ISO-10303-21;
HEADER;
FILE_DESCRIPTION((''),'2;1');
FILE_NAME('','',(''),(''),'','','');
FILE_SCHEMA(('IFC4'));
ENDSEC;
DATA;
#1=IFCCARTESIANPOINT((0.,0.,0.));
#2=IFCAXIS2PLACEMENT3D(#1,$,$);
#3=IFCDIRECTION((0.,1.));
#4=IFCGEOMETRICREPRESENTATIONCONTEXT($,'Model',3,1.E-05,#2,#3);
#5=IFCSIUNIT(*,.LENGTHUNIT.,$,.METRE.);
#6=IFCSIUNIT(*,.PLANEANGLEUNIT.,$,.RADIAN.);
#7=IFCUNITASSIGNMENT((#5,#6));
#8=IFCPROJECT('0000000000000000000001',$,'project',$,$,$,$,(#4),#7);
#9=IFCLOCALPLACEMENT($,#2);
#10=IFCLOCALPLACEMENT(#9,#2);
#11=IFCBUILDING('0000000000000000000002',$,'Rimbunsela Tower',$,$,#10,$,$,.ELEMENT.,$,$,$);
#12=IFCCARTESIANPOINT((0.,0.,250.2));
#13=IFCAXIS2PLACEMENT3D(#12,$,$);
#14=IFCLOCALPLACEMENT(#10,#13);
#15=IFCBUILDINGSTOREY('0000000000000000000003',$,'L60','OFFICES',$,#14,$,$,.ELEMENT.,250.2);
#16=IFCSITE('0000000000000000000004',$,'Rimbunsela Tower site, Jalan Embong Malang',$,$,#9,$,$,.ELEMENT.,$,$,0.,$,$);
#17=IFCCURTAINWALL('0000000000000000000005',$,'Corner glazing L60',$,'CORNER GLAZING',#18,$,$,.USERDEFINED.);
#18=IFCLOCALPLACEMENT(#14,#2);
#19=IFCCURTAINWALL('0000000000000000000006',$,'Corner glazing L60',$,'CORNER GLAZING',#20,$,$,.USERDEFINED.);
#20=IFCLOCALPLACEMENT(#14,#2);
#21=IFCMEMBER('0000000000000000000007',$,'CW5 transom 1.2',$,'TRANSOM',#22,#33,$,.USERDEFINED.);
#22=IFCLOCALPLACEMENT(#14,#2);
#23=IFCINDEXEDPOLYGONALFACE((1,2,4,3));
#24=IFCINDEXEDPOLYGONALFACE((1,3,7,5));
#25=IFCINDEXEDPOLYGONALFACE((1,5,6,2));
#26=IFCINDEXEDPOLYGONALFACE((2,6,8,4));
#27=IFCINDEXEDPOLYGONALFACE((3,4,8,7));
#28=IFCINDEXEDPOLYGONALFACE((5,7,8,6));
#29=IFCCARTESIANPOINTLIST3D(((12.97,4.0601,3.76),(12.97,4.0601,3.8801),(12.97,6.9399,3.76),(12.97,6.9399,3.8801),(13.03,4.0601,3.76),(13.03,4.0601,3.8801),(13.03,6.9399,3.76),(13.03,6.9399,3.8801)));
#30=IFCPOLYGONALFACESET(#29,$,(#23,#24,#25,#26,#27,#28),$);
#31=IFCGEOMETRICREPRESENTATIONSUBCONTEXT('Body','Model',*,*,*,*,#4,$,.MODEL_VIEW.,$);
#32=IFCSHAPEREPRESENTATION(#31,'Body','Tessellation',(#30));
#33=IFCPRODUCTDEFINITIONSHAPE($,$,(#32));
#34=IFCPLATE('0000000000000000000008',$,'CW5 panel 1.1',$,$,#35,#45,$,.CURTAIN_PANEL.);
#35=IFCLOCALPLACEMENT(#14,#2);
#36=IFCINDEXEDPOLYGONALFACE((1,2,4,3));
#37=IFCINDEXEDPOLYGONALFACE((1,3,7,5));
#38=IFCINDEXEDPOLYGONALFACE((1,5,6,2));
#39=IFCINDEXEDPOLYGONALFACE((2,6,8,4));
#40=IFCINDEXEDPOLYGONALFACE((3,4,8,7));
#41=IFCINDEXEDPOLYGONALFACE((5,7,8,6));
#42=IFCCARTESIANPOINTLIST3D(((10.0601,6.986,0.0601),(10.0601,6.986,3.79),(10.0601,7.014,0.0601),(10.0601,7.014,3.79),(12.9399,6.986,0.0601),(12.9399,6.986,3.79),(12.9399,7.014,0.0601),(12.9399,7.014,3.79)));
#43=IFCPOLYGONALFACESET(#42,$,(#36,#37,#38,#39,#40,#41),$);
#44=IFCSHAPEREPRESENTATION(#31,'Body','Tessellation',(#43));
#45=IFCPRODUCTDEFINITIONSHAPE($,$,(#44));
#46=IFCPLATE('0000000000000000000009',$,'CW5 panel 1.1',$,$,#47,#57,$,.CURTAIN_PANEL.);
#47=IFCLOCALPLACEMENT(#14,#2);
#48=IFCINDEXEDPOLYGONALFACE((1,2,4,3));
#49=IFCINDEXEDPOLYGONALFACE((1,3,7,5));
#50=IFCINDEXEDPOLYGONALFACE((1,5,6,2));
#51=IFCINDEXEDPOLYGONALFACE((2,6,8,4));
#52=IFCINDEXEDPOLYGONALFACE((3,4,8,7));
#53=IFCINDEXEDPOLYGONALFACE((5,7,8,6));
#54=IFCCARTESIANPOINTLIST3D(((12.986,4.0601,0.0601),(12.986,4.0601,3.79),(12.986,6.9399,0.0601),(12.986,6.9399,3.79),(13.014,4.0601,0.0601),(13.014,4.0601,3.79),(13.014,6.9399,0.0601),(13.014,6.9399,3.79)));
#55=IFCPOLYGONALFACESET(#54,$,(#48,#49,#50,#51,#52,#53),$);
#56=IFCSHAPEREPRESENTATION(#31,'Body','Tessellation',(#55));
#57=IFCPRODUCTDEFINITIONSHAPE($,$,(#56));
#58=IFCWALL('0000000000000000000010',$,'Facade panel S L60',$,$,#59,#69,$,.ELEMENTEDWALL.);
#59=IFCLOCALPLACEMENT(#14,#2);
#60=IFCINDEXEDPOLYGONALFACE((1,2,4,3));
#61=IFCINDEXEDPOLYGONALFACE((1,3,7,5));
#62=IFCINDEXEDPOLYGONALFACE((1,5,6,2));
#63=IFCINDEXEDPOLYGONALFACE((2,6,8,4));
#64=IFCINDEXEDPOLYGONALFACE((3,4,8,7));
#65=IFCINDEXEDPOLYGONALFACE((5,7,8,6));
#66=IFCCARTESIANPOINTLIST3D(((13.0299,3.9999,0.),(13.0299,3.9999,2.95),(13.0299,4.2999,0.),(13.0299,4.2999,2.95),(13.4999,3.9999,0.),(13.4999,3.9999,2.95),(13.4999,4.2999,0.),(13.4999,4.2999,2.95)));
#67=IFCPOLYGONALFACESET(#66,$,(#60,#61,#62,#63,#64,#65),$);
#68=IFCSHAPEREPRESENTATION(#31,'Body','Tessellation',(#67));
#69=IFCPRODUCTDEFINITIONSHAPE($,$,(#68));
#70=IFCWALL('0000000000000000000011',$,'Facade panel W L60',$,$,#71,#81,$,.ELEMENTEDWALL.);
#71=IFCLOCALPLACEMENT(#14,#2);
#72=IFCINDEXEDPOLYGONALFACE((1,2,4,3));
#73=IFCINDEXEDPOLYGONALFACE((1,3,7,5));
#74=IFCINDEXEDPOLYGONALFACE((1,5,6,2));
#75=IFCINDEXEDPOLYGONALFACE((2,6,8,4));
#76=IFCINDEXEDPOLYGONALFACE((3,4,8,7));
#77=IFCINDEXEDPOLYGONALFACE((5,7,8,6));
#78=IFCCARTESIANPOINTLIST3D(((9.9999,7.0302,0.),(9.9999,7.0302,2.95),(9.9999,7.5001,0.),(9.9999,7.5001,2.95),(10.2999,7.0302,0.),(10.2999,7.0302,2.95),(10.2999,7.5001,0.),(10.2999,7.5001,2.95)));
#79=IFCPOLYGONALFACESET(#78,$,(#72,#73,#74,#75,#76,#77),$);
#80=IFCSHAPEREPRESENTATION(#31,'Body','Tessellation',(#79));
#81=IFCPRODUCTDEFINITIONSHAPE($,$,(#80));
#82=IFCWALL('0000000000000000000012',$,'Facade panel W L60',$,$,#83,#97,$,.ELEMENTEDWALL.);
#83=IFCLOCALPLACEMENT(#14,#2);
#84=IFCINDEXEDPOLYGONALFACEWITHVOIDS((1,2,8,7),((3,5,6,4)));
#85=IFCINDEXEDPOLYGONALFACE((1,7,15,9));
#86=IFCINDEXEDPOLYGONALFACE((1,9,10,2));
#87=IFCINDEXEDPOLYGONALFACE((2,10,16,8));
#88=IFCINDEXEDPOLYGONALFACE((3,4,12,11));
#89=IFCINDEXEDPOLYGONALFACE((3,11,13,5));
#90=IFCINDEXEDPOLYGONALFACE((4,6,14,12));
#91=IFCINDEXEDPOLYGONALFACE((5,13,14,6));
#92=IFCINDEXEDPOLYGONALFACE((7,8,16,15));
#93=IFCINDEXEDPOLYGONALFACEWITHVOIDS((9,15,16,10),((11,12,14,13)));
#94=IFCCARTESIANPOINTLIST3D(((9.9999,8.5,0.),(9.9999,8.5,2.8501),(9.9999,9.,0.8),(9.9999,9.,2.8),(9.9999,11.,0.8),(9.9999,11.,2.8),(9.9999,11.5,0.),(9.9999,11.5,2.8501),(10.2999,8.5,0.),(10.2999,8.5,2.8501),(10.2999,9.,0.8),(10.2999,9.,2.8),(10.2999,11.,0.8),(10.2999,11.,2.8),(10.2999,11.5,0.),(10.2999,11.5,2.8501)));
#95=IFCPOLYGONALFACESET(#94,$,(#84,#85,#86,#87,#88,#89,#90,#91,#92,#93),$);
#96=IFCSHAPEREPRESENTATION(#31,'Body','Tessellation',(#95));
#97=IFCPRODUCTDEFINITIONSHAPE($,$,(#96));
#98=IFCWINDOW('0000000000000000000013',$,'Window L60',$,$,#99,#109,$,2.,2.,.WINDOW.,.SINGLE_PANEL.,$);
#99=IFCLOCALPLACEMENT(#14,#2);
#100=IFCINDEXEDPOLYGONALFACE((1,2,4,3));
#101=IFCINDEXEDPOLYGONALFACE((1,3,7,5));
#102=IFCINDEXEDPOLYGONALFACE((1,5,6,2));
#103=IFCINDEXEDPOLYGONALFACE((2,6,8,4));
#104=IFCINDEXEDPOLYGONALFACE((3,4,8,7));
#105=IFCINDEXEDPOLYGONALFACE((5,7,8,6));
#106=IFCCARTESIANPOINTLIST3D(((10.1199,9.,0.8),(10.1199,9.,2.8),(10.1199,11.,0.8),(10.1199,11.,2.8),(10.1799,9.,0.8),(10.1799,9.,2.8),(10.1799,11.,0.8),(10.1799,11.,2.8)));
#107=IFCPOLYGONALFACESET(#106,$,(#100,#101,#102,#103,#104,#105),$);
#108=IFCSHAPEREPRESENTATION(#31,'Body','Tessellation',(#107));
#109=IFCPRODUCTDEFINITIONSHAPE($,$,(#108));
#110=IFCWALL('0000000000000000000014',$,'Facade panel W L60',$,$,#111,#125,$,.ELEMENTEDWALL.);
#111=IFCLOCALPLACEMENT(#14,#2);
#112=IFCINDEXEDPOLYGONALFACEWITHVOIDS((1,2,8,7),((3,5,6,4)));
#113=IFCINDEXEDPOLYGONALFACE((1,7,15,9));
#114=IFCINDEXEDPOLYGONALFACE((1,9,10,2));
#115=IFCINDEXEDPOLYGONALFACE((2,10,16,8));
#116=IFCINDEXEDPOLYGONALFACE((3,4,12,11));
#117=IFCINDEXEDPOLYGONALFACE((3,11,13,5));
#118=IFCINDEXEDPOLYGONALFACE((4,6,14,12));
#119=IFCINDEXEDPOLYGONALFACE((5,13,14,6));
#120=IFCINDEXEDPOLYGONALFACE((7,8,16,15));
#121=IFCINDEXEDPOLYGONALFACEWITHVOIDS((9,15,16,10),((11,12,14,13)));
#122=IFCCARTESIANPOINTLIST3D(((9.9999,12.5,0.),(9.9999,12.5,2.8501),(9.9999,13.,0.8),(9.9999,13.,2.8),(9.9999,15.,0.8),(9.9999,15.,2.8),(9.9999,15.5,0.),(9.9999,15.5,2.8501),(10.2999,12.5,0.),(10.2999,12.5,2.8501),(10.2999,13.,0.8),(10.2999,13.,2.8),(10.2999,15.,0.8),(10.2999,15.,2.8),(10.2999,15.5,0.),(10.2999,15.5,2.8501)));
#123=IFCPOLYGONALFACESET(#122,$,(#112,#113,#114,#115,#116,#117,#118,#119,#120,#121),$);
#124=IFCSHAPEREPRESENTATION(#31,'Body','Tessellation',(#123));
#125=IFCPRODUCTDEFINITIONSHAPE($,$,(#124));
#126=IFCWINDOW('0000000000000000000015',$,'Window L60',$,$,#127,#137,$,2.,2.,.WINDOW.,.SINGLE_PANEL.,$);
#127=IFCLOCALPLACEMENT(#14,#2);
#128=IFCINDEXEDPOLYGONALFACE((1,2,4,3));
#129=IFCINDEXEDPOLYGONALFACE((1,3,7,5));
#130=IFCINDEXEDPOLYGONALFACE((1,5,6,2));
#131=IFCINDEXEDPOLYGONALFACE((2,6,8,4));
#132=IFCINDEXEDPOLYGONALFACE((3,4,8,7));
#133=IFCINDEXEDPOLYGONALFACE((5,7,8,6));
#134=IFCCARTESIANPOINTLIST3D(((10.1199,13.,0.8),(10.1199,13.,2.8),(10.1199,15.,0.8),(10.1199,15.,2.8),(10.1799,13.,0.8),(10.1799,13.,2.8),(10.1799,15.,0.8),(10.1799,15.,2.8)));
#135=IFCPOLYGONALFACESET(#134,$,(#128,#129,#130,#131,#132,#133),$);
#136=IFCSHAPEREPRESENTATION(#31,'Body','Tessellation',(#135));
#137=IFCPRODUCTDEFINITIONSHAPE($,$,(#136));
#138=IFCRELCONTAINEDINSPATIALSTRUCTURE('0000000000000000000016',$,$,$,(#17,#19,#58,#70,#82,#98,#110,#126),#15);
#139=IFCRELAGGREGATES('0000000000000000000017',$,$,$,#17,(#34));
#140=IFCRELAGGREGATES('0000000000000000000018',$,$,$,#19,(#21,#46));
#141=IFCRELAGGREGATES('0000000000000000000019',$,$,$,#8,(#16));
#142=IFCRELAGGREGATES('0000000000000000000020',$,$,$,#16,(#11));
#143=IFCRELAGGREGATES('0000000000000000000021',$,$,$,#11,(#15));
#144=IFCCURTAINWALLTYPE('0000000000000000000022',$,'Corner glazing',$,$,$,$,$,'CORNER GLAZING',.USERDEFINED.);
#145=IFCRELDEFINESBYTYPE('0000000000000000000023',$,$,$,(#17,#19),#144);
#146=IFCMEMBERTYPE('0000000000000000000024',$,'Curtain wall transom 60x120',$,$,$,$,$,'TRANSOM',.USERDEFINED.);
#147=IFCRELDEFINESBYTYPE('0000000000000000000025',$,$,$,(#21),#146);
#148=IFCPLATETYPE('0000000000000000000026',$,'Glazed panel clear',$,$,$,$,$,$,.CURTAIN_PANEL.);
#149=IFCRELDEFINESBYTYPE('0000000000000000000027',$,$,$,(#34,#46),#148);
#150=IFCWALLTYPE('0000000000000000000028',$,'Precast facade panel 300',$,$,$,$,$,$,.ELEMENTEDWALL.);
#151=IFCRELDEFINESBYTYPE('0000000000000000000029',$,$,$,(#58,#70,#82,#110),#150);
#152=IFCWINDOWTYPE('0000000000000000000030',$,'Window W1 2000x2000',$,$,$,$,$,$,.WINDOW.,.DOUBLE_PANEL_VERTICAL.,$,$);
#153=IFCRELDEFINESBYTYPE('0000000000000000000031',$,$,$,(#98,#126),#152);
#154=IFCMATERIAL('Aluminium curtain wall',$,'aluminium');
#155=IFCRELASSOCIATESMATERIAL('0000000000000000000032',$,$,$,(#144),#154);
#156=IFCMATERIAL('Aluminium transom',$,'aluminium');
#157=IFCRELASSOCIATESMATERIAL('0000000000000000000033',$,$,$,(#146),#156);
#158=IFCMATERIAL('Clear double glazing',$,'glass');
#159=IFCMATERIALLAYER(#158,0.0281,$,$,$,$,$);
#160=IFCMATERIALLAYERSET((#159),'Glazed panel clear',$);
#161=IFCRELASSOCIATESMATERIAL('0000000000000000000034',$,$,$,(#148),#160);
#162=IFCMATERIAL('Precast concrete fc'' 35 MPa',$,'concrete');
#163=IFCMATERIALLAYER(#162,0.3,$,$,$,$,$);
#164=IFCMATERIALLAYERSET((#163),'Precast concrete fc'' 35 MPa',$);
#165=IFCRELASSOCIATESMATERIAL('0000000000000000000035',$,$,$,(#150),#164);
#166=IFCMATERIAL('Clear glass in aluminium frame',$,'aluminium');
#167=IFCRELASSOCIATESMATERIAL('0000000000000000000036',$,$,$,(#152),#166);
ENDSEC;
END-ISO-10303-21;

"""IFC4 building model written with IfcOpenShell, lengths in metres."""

from ifc_helpers import new_model, si_unit, direction, frame, frame_2d, origin, origin_2d, place, context, subcontext, project, spatial, rectangle, extrude, material, layer, layer_set, material_profile, profile_set, type_object, element, fill, aggregate, save


model = new_model("IFC4")

# Units and contexts
model_context = context("Model", 3, precision=1e-05, world=origin(), true_north=direction((0.0, 1.0)))
body_context = subcontext(model_context, "Body", "Model", "MODEL_VIEW")
ifc_project = project(units=[si_unit("LENGTHUNIT", "METRE"), si_unit("PLANEANGLEUNIT", "RADIAN")], contexts=[model_context])

# Site, building, storey
site_placement = place(None, origin())
site = spatial("IfcSite", under=ifc_project, at=site_placement, Name="Rimbunsela Tower site, Jalan Embong Malang", CompositionType="ELEMENT", RefElevation=0.0)
building_placement = place(site_placement, origin())
building = spatial("IfcBuilding", under=site, at=building_placement, Name="Rimbunsela Tower", CompositionType="ELEMENT")
storey_placement = place(building_placement, frame((0.0, 0.0, 250.2)))
storey = spatial("IfcBuildingStorey", under=building, at=storey_placement, Name="L60", Description="OFFICES", CompositionType="ELEMENT", Elevation=250.2)

# Curtain walls
ifc_material_1 = material(Name="Aluminium curtain wall", Category="aluminium")
curtain_wall_type = type_object("IfcCurtainWallType", Name="Corner glazing", ElementType="CORNER GLAZING", PredefinedType="USERDEFINED", material=ifc_material_1)
curtain_wall_1_placement = place(storey_placement, origin())
curtain_wall_1 = element("IfcCurtainWall", 1, at=curtain_wall_1_placement, inside=storey, type_object=curtain_wall_type, Name="Corner glazing L60", ObjectType="CORNER GLAZING", PredefinedType="USERDEFINED")
curtain_wall_2_placement = place(storey_placement, origin())
curtain_wall_2 = element("IfcCurtainWall", 2, at=curtain_wall_2_placement, inside=storey, type_object=curtain_wall_type, Name="Corner glazing L60", ObjectType="CORNER GLAZING", PredefinedType="USERDEFINED")

# Member
ifc_material_2 = material(Name="Aluminium transom", Category="aluminium")
ifc_material_profile_1 = material_profile(ifc_material_2, rectangle(XDim=0.0601, YDim=0.1201, at=origin_2d()), Name="Transom 60x120")
ifc_profile_set_1 = profile_set([ifc_material_profile_1], Name="Aluminium transom")
member_type_1 = type_object("IfcMemberType", Name="Curtain wall transom 60x120", ElementType="TRANSOM", PredefinedType="USERDEFINED", material=ifc_profile_set_1)
member_1_placement = place(storey_placement, frame((13.0, 6.9399, 3.8201), z_axis=(0.0, -1.0, 0.0), x_axis=(1.0, 0.0, 0.0)))
member_1 = element("IfcMember", 3, at=member_1_placement, type_object=member_type_1, Name="CW5 transom 1.2", ObjectType="TRANSOM", PredefinedType="USERDEFINED", context=body_context, shape_type="SweptSolid", body=[
    extrude(rectangle(XDim=0.0601, YDim=0.1201, at=origin_2d()), origin(), (0.0, 0.0, 1.0), 2.8799),
])

# Plates
ifc_material_3 = material(Name="Clear double glazing", Category="glass")
ifc_layer_1 = layer(ifc_material_3, 0.0281)
ifc_layer_set_1 = layer_set([ifc_layer_1], Name="Glazed panel clear")
plate_type = type_object("IfcPlateType", Name="Glazed panel clear", PredefinedType="CURTAIN_PANEL", material=ifc_layer_set_1)
plate_1_placement = place(storey_placement, frame((11.5, 7.0, 0.0601), z_axis=(0.0, 0.0, 1.0), x_axis=(1.0, 0.0, 0.0)))
plate_1 = element("IfcPlate", 4, at=plate_1_placement, type_object=plate_type, Name="CW5 panel 1.1", PredefinedType="CURTAIN_PANEL", context=body_context, shape_type="SweptSolid", body=[
    extrude(rectangle(XDim=2.8799, YDim=0.0281, at=origin_2d()), origin(), (0.0, 0.0, 1.0), 3.73),
])
aggregate(curtain_wall_1, [plate_1])
plate_2_placement = place(storey_placement, frame((13.0, 5.5, 0.0601), z_axis=(0.0, 0.0, 1.0), x_axis=(0.0, -1.0, 0.0)))
plate_2 = element("IfcPlate", 5, at=plate_2_placement, type_object=plate_type, Name="CW5 panel 1.1", PredefinedType="CURTAIN_PANEL", context=body_context, shape_type="SweptSolid", body=[
    extrude(rectangle(XDim=2.8799, YDim=0.0281, at=origin_2d()), origin(), (0.0, 0.0, 1.0), 3.73),
])
aggregate(curtain_wall_2, [member_1, plate_2])

# Walls
ifc_material_4 = material(Name="Precast concrete fc' 35 MPa", Category="concrete")
ifc_layer_2 = layer(ifc_material_4, 0.3)
ifc_layer_set_2 = layer_set([ifc_layer_2], Name="Precast concrete fc' 35 MPa")
wall_type = type_object("IfcWallType", Name="Precast facade panel 300", PredefinedType="ELEMENTEDWALL", material=ifc_layer_set_2)
for number, where, z_axis, x_axis, name in (
    (6, (13.03, 4.1499, 0.0), (0.0, 0.0, 1.0), (1.0, 0.0, 0.0), "Facade panel S L60"),
    (7, (10.1499, 7.5, 0.0), (0.0, 0.0, 1.0), (0.0, -1.0, 0.0), "Facade panel W L60"),
):
    element("IfcWall", number, at=place(storey_placement, frame(where, z_axis=z_axis, x_axis=x_axis)), inside=storey, type_object=wall_type, Name=name, PredefinedType="ELEMENTEDWALL", context=body_context, shape_type="SweptSolid", body=[
        extrude(rectangle(XDim=0.47, YDim=0.3, at=frame_2d((0.2349, 0.0))), origin(), (0.0, 0.0, 1.0), 2.95),
    ])

# Walls, openings, windows
wall_1_placement = place(storey_placement, frame((10.1499, 11.5, 0.0), z_axis=(0.0, 0.0, 1.0), x_axis=(0.0, -1.0, 0.0)))
wall_1 = element("IfcWall", 8, at=wall_1_placement, inside=storey, type_object=wall_type, Name="Facade panel W L60", PredefinedType="ELEMENTEDWALL", context=body_context, shape_type="SweptSolid", body=[
    extrude(rectangle(XDim=3.0, YDim=0.3, at=frame_2d((1.5, 0.0))), origin(), (0.0, 0.0, 1.0), 2.8501),
])
opening_1_placement = place(wall_1_placement, frame((0.5, 0.0, 0.8)))
opening_1 = element("IfcOpeningElement", 9, at=opening_1_placement, cuts=wall_1, PredefinedType="OPENING", context=body_context, shape_type="SweptSolid", body=[
    extrude(rectangle(XDim=2.0, YDim=2.0, at=frame_2d((1.0, 1.0))), frame((0.0, 0.1599, 0.0), z_axis=(0.0, -1.0, 0.0), x_axis=(1.0, 0.0, 0.0)), (0.0, 0.0, 1.0), 0.3201),
])
ifc_material_5 = material(Name="Clear glass in aluminium frame", Category="aluminium")
window_type = type_object("IfcWindowType", Name="Window W1 2000x2000", PartitioningType="DOUBLE_PANEL_VERTICAL", PredefinedType="WINDOW", material=ifc_material_5)
window_1_placement = place(opening_1_placement, origin())
window_1 = element("IfcWindow", 10, at=window_1_placement, inside=storey, type_object=window_type, Name="Window L60", OverallHeight=2.0, OverallWidth=2.0, PartitioningType="SINGLE_PANEL", PredefinedType="WINDOW", context=body_context, shape_type="SweptSolid", body=[
    extrude(rectangle(XDim=2.0, YDim=2.0, at=frame_2d((1.0, 1.0))), frame((0.0, 0.03, 0.0), z_axis=(0.0, -1.0, 0.0), x_axis=(1.0, 0.0, 0.0)), (0.0, 0.0, 1.0), 0.0601),
])
fill(opening_1, window_1)
wall_2_placement = place(storey_placement, frame((10.1499, 15.5, 0.0), z_axis=(0.0, 0.0, 1.0), x_axis=(0.0, -1.0, 0.0)))
wall_2 = element("IfcWall", 11, at=wall_2_placement, inside=storey, type_object=wall_type, Name="Facade panel W L60", PredefinedType="ELEMENTEDWALL", context=body_context, shape_type="SweptSolid", body=[
    extrude(rectangle(XDim=3.0, YDim=0.3, at=frame_2d((1.5, 0.0))), origin(), (0.0, 0.0, 1.0), 2.8501),
])
opening_2_placement = place(wall_2_placement, frame((0.5, 0.0, 0.8)))
opening_2 = element("IfcOpeningElement", 12, at=opening_2_placement, cuts=wall_2, PredefinedType="OPENING", context=body_context, shape_type="SweptSolid", body=[
    extrude(rectangle(XDim=2.0, YDim=2.0, at=frame_2d((1.0, 1.0))), frame((0.0, 0.1599, 0.0), z_axis=(0.0, -1.0, 0.0), x_axis=(1.0, 0.0, 0.0)), (0.0, 0.0, 1.0), 0.3201),
])
window_2_placement = place(opening_2_placement, origin())
window_2 = element("IfcWindow", 13, at=window_2_placement, inside=storey, type_object=window_type, Name="Window L60", OverallHeight=2.0, OverallWidth=2.0, PartitioningType="SINGLE_PANEL", PredefinedType="WINDOW", context=body_context, shape_type="SweptSolid", body=[
    extrude(rectangle(XDim=2.0, YDim=2.0, at=frame_2d((1.0, 1.0))), frame((0.0, 0.03, 0.0), z_axis=(0.0, -1.0, 0.0), x_axis=(1.0, 0.0, 0.0)), (0.0, 0.0, 1.0), 0.0601),
])
fill(opening_2, window_2)

save(model, "model.ifc")
